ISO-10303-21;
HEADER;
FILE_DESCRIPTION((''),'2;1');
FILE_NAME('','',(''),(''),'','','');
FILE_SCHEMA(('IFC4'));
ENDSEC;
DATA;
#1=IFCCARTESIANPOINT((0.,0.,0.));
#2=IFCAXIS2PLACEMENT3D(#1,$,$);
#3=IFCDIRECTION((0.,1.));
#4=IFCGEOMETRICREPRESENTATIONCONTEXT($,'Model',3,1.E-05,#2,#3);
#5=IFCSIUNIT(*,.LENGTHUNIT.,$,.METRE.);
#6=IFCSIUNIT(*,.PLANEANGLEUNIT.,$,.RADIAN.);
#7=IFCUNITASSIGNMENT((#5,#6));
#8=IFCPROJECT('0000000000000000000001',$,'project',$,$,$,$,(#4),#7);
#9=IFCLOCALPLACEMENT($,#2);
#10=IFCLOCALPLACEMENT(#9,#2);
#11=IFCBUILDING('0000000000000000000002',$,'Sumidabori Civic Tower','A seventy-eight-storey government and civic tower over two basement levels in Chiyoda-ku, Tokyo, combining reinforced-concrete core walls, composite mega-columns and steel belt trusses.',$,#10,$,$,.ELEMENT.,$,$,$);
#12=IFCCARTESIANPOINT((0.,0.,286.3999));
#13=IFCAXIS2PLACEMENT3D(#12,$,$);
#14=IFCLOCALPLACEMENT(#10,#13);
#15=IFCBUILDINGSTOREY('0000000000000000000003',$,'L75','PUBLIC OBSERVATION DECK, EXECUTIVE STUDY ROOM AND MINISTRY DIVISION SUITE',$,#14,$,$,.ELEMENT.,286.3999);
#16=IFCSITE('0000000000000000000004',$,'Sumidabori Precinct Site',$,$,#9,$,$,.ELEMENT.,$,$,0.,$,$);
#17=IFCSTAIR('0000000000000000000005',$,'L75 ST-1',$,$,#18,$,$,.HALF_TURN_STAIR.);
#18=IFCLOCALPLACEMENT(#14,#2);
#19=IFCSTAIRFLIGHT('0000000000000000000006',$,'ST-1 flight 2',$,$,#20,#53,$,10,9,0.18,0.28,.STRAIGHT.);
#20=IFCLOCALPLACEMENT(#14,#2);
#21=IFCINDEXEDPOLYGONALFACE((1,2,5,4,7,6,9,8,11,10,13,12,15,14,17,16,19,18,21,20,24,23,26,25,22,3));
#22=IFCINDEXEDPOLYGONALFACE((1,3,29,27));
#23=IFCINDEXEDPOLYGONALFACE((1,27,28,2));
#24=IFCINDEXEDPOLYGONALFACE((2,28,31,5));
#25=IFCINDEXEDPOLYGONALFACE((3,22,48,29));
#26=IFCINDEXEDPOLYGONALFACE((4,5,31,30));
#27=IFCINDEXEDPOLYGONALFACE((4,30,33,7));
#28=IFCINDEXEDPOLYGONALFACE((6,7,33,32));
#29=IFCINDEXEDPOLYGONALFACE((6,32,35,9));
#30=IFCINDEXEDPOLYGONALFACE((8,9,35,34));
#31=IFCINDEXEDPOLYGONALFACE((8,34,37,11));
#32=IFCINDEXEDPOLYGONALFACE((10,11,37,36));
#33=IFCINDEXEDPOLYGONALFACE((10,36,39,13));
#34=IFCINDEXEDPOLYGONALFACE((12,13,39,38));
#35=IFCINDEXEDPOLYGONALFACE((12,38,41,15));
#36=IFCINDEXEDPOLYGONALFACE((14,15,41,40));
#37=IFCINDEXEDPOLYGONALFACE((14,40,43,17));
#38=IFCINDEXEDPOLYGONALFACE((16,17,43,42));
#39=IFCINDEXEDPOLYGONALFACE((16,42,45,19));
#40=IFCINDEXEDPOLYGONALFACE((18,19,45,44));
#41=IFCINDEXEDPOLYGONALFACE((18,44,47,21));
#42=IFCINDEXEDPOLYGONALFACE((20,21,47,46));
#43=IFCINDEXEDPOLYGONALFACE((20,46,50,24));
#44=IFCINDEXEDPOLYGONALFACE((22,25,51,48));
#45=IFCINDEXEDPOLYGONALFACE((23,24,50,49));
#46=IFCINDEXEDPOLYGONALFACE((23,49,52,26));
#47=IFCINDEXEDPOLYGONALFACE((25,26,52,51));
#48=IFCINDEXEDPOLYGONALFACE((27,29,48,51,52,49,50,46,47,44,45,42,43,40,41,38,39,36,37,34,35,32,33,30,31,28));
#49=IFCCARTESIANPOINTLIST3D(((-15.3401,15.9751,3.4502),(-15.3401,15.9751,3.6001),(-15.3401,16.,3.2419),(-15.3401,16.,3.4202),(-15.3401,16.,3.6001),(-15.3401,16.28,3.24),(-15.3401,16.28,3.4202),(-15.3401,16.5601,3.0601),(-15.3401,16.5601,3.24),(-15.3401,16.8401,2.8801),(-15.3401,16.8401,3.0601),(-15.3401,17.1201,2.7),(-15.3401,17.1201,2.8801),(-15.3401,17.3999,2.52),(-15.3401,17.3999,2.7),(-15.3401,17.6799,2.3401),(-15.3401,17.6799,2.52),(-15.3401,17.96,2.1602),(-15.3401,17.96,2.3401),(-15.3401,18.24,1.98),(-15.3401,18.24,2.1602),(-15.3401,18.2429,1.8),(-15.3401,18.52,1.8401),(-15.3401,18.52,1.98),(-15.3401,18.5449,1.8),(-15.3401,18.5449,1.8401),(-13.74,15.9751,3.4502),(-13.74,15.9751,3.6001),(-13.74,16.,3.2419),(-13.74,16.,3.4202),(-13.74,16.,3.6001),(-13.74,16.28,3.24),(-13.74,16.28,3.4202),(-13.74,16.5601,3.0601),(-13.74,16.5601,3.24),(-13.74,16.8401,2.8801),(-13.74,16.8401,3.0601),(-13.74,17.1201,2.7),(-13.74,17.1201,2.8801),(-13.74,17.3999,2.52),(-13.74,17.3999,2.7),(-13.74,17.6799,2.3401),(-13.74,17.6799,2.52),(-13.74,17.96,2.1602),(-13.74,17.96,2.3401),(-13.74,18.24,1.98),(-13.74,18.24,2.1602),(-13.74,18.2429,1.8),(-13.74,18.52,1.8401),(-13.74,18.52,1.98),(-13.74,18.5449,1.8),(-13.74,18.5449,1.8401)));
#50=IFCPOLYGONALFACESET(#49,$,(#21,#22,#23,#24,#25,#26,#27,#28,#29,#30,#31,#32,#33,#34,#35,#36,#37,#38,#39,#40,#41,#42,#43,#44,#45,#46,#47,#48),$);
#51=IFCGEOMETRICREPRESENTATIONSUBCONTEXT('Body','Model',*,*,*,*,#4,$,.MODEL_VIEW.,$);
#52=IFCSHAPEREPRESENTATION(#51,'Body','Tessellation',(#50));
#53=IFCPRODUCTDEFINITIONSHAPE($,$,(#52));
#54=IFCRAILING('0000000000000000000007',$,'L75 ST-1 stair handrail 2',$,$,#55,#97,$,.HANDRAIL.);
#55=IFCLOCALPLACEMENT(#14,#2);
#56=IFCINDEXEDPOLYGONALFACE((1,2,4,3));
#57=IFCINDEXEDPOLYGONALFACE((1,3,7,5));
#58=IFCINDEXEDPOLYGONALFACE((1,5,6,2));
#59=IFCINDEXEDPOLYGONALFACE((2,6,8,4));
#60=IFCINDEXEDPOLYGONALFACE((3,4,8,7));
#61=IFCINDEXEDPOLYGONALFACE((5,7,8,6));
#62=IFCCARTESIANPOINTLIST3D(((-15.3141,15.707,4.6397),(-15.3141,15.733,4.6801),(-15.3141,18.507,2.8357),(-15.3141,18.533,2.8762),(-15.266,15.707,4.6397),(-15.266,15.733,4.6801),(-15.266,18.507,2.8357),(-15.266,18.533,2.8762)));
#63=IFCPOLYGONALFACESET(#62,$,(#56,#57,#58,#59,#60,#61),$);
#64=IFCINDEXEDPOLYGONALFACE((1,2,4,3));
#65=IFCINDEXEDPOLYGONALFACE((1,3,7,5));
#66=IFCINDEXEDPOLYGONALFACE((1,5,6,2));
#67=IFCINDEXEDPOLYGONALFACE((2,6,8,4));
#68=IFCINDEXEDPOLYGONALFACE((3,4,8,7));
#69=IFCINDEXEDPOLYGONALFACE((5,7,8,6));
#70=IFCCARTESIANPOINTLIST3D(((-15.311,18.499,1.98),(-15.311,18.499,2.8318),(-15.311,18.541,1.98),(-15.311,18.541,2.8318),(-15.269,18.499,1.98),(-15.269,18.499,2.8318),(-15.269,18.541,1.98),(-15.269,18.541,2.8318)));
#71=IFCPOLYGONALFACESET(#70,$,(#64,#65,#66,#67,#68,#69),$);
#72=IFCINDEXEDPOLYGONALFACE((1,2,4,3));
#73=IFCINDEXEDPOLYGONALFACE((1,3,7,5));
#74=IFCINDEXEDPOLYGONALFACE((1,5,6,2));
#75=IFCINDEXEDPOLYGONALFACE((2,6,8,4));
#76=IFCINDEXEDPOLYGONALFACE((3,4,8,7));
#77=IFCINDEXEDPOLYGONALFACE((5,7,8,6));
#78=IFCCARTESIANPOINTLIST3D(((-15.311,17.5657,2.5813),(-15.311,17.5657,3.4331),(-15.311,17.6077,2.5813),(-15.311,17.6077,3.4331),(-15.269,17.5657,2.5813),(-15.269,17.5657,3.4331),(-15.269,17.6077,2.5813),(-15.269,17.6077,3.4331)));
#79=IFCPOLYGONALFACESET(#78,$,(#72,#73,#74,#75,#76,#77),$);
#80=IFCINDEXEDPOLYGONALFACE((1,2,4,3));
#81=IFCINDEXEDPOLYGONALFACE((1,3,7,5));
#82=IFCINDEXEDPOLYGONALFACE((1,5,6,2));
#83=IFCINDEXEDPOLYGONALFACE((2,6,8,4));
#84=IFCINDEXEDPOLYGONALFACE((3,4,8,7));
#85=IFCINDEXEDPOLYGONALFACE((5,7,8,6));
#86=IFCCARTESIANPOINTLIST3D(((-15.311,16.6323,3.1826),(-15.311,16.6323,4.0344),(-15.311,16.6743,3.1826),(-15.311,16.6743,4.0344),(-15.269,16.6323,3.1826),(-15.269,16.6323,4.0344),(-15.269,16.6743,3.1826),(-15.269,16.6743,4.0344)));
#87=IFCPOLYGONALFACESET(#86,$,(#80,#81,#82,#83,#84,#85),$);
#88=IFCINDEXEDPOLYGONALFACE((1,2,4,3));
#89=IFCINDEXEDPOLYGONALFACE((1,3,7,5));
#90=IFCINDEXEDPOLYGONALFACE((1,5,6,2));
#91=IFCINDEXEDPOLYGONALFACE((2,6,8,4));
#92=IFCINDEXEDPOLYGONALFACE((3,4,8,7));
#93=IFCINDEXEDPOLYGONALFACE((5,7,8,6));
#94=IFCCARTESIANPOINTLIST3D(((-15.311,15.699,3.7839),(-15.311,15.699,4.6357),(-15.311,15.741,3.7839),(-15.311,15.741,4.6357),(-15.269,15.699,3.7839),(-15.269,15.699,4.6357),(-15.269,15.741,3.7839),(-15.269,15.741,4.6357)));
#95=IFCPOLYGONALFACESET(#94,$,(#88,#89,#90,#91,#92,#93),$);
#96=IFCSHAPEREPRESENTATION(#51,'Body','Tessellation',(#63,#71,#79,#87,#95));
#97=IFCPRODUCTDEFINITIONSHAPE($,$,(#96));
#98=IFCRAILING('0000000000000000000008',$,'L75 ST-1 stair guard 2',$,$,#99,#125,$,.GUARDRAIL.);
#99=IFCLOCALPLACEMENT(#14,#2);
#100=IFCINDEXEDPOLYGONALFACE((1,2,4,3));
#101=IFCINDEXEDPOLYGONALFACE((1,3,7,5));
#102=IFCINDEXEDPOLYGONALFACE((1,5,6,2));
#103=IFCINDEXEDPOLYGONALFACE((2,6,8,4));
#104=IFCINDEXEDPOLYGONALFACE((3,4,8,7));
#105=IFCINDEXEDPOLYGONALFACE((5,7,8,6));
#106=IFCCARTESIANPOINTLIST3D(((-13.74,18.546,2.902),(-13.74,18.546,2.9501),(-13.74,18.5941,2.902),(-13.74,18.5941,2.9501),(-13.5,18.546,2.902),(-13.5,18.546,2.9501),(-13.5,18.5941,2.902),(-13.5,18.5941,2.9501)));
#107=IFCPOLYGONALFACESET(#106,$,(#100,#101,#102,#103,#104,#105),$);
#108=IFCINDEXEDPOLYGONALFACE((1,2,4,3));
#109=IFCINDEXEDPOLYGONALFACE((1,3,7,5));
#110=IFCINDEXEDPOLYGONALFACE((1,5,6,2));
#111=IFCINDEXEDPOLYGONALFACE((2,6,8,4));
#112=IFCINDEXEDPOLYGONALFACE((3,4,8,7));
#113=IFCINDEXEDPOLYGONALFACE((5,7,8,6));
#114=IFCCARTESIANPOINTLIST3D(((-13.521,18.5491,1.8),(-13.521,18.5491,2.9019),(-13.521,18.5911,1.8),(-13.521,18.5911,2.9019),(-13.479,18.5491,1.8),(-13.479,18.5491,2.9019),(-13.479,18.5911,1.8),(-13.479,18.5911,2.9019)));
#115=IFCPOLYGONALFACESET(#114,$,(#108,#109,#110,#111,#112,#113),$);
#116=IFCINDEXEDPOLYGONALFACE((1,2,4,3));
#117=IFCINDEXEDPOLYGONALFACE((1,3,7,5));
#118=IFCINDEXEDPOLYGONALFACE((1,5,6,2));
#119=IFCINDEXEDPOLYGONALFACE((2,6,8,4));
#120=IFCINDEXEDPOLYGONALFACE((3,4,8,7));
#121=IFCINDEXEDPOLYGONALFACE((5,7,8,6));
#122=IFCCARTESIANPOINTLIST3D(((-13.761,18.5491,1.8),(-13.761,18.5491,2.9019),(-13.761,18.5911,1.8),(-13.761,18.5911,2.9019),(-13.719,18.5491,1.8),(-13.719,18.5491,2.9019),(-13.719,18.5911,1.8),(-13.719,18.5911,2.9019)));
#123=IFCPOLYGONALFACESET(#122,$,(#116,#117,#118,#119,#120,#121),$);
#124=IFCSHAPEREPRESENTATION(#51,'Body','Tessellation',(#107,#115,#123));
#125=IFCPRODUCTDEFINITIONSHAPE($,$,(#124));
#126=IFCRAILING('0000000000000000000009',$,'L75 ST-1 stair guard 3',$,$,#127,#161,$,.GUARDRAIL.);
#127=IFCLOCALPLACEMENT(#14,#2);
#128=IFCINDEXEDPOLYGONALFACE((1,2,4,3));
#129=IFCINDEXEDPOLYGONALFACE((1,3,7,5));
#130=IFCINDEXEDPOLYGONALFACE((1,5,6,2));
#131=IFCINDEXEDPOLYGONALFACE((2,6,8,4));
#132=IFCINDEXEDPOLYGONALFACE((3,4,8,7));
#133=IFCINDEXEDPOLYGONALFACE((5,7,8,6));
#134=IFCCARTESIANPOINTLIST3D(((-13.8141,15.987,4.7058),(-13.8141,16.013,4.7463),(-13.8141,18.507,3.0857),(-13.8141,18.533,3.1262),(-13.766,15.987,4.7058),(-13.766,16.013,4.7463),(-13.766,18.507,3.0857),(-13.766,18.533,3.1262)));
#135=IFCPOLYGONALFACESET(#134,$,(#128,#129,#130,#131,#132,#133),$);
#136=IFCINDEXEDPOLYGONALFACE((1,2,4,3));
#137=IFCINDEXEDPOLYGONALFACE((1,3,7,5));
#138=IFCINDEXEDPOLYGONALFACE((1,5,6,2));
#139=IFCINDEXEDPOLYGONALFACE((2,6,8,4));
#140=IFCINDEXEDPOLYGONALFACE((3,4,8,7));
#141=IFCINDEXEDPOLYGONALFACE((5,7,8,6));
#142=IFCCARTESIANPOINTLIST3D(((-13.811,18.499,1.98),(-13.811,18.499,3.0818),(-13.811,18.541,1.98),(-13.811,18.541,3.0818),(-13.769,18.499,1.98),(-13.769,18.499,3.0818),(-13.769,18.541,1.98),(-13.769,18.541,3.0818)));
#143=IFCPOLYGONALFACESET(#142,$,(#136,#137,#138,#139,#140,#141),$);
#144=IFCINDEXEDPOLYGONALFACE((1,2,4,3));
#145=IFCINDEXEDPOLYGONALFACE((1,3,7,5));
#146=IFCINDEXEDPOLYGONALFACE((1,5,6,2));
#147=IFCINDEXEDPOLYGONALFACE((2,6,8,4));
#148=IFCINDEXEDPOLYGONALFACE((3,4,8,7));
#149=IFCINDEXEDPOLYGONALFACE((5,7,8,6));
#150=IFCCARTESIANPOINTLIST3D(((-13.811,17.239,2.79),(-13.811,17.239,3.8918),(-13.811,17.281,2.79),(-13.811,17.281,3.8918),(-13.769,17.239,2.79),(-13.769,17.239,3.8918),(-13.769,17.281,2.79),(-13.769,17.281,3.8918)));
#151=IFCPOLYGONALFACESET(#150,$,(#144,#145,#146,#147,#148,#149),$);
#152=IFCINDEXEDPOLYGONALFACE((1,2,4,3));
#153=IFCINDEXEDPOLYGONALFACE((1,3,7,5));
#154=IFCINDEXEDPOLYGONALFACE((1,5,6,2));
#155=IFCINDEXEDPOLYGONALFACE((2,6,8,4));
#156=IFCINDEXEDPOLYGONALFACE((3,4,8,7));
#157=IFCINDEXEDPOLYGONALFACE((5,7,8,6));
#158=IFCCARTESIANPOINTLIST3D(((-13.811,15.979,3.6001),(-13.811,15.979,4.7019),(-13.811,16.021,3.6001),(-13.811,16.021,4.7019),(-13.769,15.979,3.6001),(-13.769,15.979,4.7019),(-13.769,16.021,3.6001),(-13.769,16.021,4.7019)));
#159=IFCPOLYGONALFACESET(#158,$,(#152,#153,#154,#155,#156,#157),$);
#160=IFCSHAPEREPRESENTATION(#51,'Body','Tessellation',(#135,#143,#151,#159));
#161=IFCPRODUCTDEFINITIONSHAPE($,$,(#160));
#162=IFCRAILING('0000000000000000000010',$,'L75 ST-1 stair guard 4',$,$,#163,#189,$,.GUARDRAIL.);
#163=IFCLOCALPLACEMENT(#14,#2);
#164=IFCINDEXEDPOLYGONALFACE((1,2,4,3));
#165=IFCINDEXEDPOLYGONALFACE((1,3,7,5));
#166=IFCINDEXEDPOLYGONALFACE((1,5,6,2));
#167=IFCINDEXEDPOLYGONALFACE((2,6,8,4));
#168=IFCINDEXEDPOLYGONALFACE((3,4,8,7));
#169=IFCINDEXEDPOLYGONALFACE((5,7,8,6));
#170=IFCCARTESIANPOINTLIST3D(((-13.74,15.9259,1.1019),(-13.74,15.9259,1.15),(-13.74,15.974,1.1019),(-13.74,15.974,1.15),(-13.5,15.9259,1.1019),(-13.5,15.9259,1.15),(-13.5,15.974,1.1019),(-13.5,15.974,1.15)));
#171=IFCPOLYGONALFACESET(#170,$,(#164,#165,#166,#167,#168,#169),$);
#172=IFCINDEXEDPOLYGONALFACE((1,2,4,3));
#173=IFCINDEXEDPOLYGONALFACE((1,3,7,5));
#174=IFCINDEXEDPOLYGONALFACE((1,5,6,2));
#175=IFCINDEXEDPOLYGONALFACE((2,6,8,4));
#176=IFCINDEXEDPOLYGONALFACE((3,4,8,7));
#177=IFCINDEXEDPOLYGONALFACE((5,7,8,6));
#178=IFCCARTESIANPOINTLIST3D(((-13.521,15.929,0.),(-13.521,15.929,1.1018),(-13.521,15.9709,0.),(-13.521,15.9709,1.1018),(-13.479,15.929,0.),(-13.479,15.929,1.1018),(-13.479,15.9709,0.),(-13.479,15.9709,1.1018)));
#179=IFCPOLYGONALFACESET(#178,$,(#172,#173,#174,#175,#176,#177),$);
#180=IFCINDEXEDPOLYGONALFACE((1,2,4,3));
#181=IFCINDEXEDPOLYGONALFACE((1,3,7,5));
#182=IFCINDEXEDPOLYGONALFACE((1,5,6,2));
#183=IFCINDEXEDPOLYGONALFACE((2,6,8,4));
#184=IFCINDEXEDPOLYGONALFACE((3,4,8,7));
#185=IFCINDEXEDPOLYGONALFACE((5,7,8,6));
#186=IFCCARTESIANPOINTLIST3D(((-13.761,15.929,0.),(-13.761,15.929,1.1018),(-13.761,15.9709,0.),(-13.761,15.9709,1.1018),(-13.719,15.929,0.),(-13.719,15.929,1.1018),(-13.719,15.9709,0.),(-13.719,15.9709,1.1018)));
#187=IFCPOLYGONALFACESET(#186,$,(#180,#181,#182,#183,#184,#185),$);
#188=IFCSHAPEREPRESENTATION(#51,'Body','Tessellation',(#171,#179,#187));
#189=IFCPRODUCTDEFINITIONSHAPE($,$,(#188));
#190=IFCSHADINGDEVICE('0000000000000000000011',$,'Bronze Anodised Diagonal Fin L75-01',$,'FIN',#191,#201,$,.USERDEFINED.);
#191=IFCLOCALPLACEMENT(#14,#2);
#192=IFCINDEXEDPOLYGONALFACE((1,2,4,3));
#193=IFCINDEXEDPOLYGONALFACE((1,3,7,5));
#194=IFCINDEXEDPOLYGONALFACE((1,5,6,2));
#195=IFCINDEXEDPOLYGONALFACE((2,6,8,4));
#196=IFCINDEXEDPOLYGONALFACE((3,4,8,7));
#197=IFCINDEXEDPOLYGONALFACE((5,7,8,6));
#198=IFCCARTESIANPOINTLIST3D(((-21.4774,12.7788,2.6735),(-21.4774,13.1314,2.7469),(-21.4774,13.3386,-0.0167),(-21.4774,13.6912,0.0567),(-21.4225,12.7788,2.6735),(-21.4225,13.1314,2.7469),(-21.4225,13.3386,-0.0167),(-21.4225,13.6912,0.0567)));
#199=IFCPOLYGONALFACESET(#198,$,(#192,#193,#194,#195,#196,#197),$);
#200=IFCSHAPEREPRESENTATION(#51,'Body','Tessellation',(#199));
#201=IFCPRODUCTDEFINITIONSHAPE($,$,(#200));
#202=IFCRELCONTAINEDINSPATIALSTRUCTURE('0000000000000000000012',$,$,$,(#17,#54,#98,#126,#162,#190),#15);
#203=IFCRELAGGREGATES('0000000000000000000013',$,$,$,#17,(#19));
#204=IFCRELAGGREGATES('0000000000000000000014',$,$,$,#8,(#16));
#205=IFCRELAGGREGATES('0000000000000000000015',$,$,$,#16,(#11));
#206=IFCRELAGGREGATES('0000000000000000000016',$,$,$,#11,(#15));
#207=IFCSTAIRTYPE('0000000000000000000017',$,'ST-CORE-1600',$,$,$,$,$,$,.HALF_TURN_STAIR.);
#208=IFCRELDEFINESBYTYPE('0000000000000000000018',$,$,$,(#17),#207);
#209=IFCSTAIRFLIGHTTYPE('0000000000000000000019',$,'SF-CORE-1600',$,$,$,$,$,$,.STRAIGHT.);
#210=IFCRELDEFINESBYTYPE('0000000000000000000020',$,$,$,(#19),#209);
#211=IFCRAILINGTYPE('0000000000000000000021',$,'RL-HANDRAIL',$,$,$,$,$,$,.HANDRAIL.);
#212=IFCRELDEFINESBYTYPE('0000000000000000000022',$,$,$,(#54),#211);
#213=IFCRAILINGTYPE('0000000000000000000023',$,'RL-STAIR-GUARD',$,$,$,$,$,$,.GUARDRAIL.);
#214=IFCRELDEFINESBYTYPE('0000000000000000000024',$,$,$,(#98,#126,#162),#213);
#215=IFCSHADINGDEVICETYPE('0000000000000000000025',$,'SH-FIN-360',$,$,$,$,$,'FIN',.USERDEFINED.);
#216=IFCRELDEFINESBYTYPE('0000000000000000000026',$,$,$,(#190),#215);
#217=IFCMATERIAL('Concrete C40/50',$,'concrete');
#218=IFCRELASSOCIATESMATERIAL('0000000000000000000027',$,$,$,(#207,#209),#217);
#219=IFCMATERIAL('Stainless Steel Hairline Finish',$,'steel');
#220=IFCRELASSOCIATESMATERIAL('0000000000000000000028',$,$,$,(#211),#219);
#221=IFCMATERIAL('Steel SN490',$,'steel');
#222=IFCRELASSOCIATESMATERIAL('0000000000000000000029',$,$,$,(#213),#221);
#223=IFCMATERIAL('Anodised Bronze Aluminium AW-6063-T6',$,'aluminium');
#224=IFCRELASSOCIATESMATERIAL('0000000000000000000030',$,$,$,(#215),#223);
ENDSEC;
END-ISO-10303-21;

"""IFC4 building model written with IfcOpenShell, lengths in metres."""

from ifc_helpers import new_model, si_unit, direction, frame, origin, origin_2d, place, context, subcontext, project, spatial, polyline, rectangle, outline, extrude, source, transform, mapped, material, material_profile, profile_set, type_object, element, aggregate, save


model = new_model("IFC4")

# Units and contexts
model_context = context("Model", 3, precision=1e-05, world=origin(), true_north=direction((0.0, 1.0)))
body_context = subcontext(model_context, "Body", "Model", "MODEL_VIEW")
ifc_project = project(units=[si_unit("LENGTHUNIT", "METRE"), si_unit("PLANEANGLEUNIT", "RADIAN")], contexts=[model_context])

# Site, building, storey
site_placement = place(None, origin())
site = spatial("IfcSite", under=ifc_project, at=site_placement, Name="Sumidabori Precinct Site", CompositionType="ELEMENT", RefElevation=0.0)
building_placement = place(site_placement, origin())
building = spatial("IfcBuilding", under=site, at=building_placement, Name="Sumidabori Civic Tower", Description="A seventy-eight-storey government and civic tower over two basement levels in Chiyoda-ku, Tokyo, combining reinforced-concrete core walls, composite mega-columns and steel belt trusses.", CompositionType="ELEMENT")
storey_placement = place(building_placement, frame((0.0, 0.0, 286.3999)))
storey = spatial("IfcBuildingStorey", under=building, at=storey_placement, Name="L75", Description="PUBLIC OBSERVATION DECK, EXECUTIVE STUDY ROOM AND MINISTRY DIVISION SUITE", CompositionType="ELEMENT", Elevation=286.3999)

# Shared definitions
ifc_material_1 = material(Name="Steel SN490", Category="steel")

# Shared definitions
ifc_material_2 = material(Name="Anodised Bronze Aluminium AW-6063-T6", Category="aluminium")

# Stair, stair flight
ifc_material_3 = material(Name="Concrete C40/50", Category="concrete")
stair_type = type_object("IfcStairType", Name="ST-CORE-1600", PredefinedType="HALF_TURN_STAIR", material=ifc_material_3)
stair_placement = place(storey_placement, origin())
stair = element("IfcStair", 1, at=stair_placement, inside=storey, type_object=stair_type, Name="L75 ST-1", PredefinedType="HALF_TURN_STAIR")
stair_flight_type = type_object("IfcStairFlightType", Name="SF-CORE-1600", PredefinedType="STRAIGHT", material=ifc_material_3)
shared_shape_1 = source(origin(), body_context, "Body", "SweptSolid", [
    extrude(outline(polyline([(-0.0249, 0.0), (-0.0249, 0.04), (0.0, 0.04), (0.0, 0.1799), (0.28, 0.1799), (0.28, 0.3601), (0.5601, 0.3601), (0.5601, 0.54), (0.8401, 0.54), (0.8401, 0.72), (1.1201, 0.72), (1.1201, 0.8999), (1.3999, 0.8999), (1.3999, 1.0801), (1.6799, 1.0801), (1.6799, 1.26), (1.96, 1.26), (1.96, 1.4399), (2.24, 1.4399), (2.24, 1.6201), (2.52, 1.6201), (2.52, 1.8), (2.5449, 1.8), (2.5449, 1.6501), (2.52, 1.4419), (0.2771, 0.0), (-0.0249, 0.0)])), frame((0.0, 0.8, 0.0), z_axis=(0.0, -1.0, 0.0), x_axis=(1.0, 0.0, 0.0)), (0.0, 0.0, 1.0), 1.6001),
])
stair_flight_placement = place(storey_placement, frame((-14.54, 18.52, 1.8), z_axis=(0.0, 0.0, 1.0), x_axis=(0.0, -1.0, 0.0)))
stair_flight = element("IfcStairFlight", 2, at=stair_flight_placement, type_object=stair_flight_type, Name="ST-1 flight 2", NumberOfRisers=10, NumberOfTreads=9, PredefinedType="STRAIGHT", RiserHeight=0.18, TreadLength=0.28, context=body_context, shape_type="MappedRepresentation", body=[
    mapped(shared_shape_1, transform((0.0, 0.0, 0.0), x_axis=(1.0, 0.0, 0.0), y_axis=(0.0, 1.0, 0.0), z_axis=(0.0, 0.0, 1.0), scale=1.0)),
])
aggregate(stair, [stair_flight])

# Railings
ifc_material_4 = material(Name="Stainless Steel Hairline Finish", Category="steel")
railing_type_1 = type_object("IfcRailingType", Name="RL-HANDRAIL", PredefinedType="HANDRAIL", material=ifc_material_4)
railing_1_placement = place(storey_placement, frame((-15.29, 18.52, 1.98)))
element("IfcRailing", 3, at=railing_1_placement, inside=storey, type_object=railing_type_1, Name="L75 ST-1 stair handrail 2", PredefinedType="HANDRAIL", context=body_context, shape_type="SweptSolid", body=[
    extrude(rectangle(XDim=0.0481, YDim=0.0481, at=origin_2d()), frame((0.0, 0.0, 0.876), z_axis=(0.0, -0.840642, 0.541591), x_axis=(1.0, 0.0, 0.0)), (0.0, 0.0, 1.0), 3.3308),
    extrude(rectangle(XDim=0.042, YDim=0.042, at=origin_2d()), origin(), (0.0, 0.0, 1.0), 0.8518),
    extrude(rectangle(XDim=0.042, YDim=0.042, at=origin_2d()), frame((0.0, -0.9333, 0.6013)), (0.0, 0.0, 1.0), 0.8518),
    extrude(rectangle(XDim=0.042, YDim=0.042, at=origin_2d()), frame((0.0, -1.8667, 1.2026)), (0.0, 0.0, 1.0), 0.8518),
    extrude(rectangle(XDim=0.042, YDim=0.042, at=origin_2d()), frame((0.0, -2.8, 1.804)), (0.0, 0.0, 1.0), 0.8518),
])
railing_type_2 = type_object("IfcRailingType", Name="RL-STAIR-GUARD", PredefinedType="GUARDRAIL", material=ifc_material_1)
railing_2_placement = place(storey_placement, frame((-13.5, 18.5701, 1.8)))
element("IfcRailing", 4, at=railing_2_placement, inside=storey, type_object=railing_type_2, Name="L75 ST-1 stair guard 2", PredefinedType="GUARDRAIL", context=body_context, shape_type="SweptSolid", body=[
    extrude(rectangle(XDim=0.0481, YDim=0.0481, at=origin_2d()), frame((0.0, 0.0, 1.126), z_axis=(-1.0, 0.0, 0.0), x_axis=(0.0, -1.0, 0.0)), (0.0, 0.0, 1.0), 0.24),
    extrude(rectangle(XDim=0.042, YDim=0.042, at=origin_2d()), origin(), (0.0, 0.0, 1.0), 1.1018),
    extrude(rectangle(XDim=0.042, YDim=0.042, at=origin_2d()), frame((-0.24, 0.0, 0.0)), (0.0, 0.0, 1.0), 1.1018),
])
railing_3_placement = place(storey_placement, frame((-13.79, 18.52, 1.98)))
element("IfcRailing", 5, at=railing_3_placement, inside=storey, type_object=railing_type_2, Name="L75 ST-1 stair guard 3", PredefinedType="GUARDRAIL", context=body_context, shape_type="SweptSolid", body=[
    extrude(rectangle(XDim=0.0481, YDim=0.0481, at=origin_2d()), frame((0.0, 0.0, 1.126), z_axis=(0.0, -0.841163, 0.540782), x_axis=(1.0, 0.0, 0.0)), (0.0, 0.0, 1.0), 2.9958),
    extrude(rectangle(XDim=0.042, YDim=0.042, at=origin_2d()), origin(), (0.0, 0.0, 1.0), 1.1018),
    extrude(rectangle(XDim=0.042, YDim=0.042, at=origin_2d()), frame((0.0, -1.26, 0.8101)), (0.0, 0.0, 1.0), 1.1018),
    extrude(rectangle(XDim=0.042, YDim=0.042, at=origin_2d()), frame((0.0, -2.52, 1.6201)), (0.0, 0.0, 1.0), 1.1018),
])
railing_4_placement = place(storey_placement, frame((-13.5, 15.95, 0.0)))
element("IfcRailing", 6, at=railing_4_placement, inside=storey, type_object=railing_type_2, Name="L75 ST-1 stair guard 4", PredefinedType="GUARDRAIL", context=body_context, shape_type="SweptSolid", body=[
    extrude(rectangle(XDim=0.0481, YDim=0.0481, at=origin_2d()), frame((0.0, 0.0, 1.126), z_axis=(-1.0, 0.0, 0.0), x_axis=(0.0, -1.0, 0.0)), (0.0, 0.0, 1.0), 0.24),
    extrude(rectangle(XDim=0.042, YDim=0.042, at=origin_2d()), origin(), (0.0, 0.0, 1.0), 1.1018),
    extrude(rectangle(XDim=0.042, YDim=0.042, at=origin_2d()), frame((-0.24, 0.0, 0.0)), (0.0, 0.0, 1.0), 1.1018),
])

# Shading device
ifc_material_profile_1 = material_profile(ifc_material_2, rectangle(XDim=0.0549, YDim=0.3601, at=origin_2d()), Name="BRONZE FIN 360x55")
ifc_profile_set_1 = profile_set([ifc_material_profile_1], Name="Anodised Bronze Aluminium AW-6063-T6")
shading_device_type = type_object("IfcShadingDeviceType", Name="SH-FIN-360", ElementType="FIN", PredefinedType="USERDEFINED", material=ifc_profile_set_1)
shared_shape_2 = source(origin(), body_context, "Body", "SweptSolid", [
    extrude(rectangle(XDim=0.0549, YDim=0.3601, at=origin_2d()), origin(), (0.0, 0.0, 1.0), 2.7478),
])
shading_device_placement = place(storey_placement, frame((-21.45, 13.5149, 0.02), z_axis=(0.0, -0.203731, 0.979027), x_axis=(-1.0, 0.0, 0.0)))
element("IfcShadingDevice", 7, at=shading_device_placement, inside=storey, type_object=shading_device_type, Name="Bronze Anodised Diagonal Fin L75-01", ObjectType="FIN", PredefinedType="USERDEFINED", context=body_context, shape_type="MappedRepresentation", body=[
    mapped(shared_shape_2, transform((0.0, 0.0, 0.0), x_axis=(1.0, 0.0, 0.0), y_axis=(0.0, 1.0, 0.0), z_axis=(0.0, 0.0, 1.0), scale=1.0)),
])

save(model, "model.ifc")
